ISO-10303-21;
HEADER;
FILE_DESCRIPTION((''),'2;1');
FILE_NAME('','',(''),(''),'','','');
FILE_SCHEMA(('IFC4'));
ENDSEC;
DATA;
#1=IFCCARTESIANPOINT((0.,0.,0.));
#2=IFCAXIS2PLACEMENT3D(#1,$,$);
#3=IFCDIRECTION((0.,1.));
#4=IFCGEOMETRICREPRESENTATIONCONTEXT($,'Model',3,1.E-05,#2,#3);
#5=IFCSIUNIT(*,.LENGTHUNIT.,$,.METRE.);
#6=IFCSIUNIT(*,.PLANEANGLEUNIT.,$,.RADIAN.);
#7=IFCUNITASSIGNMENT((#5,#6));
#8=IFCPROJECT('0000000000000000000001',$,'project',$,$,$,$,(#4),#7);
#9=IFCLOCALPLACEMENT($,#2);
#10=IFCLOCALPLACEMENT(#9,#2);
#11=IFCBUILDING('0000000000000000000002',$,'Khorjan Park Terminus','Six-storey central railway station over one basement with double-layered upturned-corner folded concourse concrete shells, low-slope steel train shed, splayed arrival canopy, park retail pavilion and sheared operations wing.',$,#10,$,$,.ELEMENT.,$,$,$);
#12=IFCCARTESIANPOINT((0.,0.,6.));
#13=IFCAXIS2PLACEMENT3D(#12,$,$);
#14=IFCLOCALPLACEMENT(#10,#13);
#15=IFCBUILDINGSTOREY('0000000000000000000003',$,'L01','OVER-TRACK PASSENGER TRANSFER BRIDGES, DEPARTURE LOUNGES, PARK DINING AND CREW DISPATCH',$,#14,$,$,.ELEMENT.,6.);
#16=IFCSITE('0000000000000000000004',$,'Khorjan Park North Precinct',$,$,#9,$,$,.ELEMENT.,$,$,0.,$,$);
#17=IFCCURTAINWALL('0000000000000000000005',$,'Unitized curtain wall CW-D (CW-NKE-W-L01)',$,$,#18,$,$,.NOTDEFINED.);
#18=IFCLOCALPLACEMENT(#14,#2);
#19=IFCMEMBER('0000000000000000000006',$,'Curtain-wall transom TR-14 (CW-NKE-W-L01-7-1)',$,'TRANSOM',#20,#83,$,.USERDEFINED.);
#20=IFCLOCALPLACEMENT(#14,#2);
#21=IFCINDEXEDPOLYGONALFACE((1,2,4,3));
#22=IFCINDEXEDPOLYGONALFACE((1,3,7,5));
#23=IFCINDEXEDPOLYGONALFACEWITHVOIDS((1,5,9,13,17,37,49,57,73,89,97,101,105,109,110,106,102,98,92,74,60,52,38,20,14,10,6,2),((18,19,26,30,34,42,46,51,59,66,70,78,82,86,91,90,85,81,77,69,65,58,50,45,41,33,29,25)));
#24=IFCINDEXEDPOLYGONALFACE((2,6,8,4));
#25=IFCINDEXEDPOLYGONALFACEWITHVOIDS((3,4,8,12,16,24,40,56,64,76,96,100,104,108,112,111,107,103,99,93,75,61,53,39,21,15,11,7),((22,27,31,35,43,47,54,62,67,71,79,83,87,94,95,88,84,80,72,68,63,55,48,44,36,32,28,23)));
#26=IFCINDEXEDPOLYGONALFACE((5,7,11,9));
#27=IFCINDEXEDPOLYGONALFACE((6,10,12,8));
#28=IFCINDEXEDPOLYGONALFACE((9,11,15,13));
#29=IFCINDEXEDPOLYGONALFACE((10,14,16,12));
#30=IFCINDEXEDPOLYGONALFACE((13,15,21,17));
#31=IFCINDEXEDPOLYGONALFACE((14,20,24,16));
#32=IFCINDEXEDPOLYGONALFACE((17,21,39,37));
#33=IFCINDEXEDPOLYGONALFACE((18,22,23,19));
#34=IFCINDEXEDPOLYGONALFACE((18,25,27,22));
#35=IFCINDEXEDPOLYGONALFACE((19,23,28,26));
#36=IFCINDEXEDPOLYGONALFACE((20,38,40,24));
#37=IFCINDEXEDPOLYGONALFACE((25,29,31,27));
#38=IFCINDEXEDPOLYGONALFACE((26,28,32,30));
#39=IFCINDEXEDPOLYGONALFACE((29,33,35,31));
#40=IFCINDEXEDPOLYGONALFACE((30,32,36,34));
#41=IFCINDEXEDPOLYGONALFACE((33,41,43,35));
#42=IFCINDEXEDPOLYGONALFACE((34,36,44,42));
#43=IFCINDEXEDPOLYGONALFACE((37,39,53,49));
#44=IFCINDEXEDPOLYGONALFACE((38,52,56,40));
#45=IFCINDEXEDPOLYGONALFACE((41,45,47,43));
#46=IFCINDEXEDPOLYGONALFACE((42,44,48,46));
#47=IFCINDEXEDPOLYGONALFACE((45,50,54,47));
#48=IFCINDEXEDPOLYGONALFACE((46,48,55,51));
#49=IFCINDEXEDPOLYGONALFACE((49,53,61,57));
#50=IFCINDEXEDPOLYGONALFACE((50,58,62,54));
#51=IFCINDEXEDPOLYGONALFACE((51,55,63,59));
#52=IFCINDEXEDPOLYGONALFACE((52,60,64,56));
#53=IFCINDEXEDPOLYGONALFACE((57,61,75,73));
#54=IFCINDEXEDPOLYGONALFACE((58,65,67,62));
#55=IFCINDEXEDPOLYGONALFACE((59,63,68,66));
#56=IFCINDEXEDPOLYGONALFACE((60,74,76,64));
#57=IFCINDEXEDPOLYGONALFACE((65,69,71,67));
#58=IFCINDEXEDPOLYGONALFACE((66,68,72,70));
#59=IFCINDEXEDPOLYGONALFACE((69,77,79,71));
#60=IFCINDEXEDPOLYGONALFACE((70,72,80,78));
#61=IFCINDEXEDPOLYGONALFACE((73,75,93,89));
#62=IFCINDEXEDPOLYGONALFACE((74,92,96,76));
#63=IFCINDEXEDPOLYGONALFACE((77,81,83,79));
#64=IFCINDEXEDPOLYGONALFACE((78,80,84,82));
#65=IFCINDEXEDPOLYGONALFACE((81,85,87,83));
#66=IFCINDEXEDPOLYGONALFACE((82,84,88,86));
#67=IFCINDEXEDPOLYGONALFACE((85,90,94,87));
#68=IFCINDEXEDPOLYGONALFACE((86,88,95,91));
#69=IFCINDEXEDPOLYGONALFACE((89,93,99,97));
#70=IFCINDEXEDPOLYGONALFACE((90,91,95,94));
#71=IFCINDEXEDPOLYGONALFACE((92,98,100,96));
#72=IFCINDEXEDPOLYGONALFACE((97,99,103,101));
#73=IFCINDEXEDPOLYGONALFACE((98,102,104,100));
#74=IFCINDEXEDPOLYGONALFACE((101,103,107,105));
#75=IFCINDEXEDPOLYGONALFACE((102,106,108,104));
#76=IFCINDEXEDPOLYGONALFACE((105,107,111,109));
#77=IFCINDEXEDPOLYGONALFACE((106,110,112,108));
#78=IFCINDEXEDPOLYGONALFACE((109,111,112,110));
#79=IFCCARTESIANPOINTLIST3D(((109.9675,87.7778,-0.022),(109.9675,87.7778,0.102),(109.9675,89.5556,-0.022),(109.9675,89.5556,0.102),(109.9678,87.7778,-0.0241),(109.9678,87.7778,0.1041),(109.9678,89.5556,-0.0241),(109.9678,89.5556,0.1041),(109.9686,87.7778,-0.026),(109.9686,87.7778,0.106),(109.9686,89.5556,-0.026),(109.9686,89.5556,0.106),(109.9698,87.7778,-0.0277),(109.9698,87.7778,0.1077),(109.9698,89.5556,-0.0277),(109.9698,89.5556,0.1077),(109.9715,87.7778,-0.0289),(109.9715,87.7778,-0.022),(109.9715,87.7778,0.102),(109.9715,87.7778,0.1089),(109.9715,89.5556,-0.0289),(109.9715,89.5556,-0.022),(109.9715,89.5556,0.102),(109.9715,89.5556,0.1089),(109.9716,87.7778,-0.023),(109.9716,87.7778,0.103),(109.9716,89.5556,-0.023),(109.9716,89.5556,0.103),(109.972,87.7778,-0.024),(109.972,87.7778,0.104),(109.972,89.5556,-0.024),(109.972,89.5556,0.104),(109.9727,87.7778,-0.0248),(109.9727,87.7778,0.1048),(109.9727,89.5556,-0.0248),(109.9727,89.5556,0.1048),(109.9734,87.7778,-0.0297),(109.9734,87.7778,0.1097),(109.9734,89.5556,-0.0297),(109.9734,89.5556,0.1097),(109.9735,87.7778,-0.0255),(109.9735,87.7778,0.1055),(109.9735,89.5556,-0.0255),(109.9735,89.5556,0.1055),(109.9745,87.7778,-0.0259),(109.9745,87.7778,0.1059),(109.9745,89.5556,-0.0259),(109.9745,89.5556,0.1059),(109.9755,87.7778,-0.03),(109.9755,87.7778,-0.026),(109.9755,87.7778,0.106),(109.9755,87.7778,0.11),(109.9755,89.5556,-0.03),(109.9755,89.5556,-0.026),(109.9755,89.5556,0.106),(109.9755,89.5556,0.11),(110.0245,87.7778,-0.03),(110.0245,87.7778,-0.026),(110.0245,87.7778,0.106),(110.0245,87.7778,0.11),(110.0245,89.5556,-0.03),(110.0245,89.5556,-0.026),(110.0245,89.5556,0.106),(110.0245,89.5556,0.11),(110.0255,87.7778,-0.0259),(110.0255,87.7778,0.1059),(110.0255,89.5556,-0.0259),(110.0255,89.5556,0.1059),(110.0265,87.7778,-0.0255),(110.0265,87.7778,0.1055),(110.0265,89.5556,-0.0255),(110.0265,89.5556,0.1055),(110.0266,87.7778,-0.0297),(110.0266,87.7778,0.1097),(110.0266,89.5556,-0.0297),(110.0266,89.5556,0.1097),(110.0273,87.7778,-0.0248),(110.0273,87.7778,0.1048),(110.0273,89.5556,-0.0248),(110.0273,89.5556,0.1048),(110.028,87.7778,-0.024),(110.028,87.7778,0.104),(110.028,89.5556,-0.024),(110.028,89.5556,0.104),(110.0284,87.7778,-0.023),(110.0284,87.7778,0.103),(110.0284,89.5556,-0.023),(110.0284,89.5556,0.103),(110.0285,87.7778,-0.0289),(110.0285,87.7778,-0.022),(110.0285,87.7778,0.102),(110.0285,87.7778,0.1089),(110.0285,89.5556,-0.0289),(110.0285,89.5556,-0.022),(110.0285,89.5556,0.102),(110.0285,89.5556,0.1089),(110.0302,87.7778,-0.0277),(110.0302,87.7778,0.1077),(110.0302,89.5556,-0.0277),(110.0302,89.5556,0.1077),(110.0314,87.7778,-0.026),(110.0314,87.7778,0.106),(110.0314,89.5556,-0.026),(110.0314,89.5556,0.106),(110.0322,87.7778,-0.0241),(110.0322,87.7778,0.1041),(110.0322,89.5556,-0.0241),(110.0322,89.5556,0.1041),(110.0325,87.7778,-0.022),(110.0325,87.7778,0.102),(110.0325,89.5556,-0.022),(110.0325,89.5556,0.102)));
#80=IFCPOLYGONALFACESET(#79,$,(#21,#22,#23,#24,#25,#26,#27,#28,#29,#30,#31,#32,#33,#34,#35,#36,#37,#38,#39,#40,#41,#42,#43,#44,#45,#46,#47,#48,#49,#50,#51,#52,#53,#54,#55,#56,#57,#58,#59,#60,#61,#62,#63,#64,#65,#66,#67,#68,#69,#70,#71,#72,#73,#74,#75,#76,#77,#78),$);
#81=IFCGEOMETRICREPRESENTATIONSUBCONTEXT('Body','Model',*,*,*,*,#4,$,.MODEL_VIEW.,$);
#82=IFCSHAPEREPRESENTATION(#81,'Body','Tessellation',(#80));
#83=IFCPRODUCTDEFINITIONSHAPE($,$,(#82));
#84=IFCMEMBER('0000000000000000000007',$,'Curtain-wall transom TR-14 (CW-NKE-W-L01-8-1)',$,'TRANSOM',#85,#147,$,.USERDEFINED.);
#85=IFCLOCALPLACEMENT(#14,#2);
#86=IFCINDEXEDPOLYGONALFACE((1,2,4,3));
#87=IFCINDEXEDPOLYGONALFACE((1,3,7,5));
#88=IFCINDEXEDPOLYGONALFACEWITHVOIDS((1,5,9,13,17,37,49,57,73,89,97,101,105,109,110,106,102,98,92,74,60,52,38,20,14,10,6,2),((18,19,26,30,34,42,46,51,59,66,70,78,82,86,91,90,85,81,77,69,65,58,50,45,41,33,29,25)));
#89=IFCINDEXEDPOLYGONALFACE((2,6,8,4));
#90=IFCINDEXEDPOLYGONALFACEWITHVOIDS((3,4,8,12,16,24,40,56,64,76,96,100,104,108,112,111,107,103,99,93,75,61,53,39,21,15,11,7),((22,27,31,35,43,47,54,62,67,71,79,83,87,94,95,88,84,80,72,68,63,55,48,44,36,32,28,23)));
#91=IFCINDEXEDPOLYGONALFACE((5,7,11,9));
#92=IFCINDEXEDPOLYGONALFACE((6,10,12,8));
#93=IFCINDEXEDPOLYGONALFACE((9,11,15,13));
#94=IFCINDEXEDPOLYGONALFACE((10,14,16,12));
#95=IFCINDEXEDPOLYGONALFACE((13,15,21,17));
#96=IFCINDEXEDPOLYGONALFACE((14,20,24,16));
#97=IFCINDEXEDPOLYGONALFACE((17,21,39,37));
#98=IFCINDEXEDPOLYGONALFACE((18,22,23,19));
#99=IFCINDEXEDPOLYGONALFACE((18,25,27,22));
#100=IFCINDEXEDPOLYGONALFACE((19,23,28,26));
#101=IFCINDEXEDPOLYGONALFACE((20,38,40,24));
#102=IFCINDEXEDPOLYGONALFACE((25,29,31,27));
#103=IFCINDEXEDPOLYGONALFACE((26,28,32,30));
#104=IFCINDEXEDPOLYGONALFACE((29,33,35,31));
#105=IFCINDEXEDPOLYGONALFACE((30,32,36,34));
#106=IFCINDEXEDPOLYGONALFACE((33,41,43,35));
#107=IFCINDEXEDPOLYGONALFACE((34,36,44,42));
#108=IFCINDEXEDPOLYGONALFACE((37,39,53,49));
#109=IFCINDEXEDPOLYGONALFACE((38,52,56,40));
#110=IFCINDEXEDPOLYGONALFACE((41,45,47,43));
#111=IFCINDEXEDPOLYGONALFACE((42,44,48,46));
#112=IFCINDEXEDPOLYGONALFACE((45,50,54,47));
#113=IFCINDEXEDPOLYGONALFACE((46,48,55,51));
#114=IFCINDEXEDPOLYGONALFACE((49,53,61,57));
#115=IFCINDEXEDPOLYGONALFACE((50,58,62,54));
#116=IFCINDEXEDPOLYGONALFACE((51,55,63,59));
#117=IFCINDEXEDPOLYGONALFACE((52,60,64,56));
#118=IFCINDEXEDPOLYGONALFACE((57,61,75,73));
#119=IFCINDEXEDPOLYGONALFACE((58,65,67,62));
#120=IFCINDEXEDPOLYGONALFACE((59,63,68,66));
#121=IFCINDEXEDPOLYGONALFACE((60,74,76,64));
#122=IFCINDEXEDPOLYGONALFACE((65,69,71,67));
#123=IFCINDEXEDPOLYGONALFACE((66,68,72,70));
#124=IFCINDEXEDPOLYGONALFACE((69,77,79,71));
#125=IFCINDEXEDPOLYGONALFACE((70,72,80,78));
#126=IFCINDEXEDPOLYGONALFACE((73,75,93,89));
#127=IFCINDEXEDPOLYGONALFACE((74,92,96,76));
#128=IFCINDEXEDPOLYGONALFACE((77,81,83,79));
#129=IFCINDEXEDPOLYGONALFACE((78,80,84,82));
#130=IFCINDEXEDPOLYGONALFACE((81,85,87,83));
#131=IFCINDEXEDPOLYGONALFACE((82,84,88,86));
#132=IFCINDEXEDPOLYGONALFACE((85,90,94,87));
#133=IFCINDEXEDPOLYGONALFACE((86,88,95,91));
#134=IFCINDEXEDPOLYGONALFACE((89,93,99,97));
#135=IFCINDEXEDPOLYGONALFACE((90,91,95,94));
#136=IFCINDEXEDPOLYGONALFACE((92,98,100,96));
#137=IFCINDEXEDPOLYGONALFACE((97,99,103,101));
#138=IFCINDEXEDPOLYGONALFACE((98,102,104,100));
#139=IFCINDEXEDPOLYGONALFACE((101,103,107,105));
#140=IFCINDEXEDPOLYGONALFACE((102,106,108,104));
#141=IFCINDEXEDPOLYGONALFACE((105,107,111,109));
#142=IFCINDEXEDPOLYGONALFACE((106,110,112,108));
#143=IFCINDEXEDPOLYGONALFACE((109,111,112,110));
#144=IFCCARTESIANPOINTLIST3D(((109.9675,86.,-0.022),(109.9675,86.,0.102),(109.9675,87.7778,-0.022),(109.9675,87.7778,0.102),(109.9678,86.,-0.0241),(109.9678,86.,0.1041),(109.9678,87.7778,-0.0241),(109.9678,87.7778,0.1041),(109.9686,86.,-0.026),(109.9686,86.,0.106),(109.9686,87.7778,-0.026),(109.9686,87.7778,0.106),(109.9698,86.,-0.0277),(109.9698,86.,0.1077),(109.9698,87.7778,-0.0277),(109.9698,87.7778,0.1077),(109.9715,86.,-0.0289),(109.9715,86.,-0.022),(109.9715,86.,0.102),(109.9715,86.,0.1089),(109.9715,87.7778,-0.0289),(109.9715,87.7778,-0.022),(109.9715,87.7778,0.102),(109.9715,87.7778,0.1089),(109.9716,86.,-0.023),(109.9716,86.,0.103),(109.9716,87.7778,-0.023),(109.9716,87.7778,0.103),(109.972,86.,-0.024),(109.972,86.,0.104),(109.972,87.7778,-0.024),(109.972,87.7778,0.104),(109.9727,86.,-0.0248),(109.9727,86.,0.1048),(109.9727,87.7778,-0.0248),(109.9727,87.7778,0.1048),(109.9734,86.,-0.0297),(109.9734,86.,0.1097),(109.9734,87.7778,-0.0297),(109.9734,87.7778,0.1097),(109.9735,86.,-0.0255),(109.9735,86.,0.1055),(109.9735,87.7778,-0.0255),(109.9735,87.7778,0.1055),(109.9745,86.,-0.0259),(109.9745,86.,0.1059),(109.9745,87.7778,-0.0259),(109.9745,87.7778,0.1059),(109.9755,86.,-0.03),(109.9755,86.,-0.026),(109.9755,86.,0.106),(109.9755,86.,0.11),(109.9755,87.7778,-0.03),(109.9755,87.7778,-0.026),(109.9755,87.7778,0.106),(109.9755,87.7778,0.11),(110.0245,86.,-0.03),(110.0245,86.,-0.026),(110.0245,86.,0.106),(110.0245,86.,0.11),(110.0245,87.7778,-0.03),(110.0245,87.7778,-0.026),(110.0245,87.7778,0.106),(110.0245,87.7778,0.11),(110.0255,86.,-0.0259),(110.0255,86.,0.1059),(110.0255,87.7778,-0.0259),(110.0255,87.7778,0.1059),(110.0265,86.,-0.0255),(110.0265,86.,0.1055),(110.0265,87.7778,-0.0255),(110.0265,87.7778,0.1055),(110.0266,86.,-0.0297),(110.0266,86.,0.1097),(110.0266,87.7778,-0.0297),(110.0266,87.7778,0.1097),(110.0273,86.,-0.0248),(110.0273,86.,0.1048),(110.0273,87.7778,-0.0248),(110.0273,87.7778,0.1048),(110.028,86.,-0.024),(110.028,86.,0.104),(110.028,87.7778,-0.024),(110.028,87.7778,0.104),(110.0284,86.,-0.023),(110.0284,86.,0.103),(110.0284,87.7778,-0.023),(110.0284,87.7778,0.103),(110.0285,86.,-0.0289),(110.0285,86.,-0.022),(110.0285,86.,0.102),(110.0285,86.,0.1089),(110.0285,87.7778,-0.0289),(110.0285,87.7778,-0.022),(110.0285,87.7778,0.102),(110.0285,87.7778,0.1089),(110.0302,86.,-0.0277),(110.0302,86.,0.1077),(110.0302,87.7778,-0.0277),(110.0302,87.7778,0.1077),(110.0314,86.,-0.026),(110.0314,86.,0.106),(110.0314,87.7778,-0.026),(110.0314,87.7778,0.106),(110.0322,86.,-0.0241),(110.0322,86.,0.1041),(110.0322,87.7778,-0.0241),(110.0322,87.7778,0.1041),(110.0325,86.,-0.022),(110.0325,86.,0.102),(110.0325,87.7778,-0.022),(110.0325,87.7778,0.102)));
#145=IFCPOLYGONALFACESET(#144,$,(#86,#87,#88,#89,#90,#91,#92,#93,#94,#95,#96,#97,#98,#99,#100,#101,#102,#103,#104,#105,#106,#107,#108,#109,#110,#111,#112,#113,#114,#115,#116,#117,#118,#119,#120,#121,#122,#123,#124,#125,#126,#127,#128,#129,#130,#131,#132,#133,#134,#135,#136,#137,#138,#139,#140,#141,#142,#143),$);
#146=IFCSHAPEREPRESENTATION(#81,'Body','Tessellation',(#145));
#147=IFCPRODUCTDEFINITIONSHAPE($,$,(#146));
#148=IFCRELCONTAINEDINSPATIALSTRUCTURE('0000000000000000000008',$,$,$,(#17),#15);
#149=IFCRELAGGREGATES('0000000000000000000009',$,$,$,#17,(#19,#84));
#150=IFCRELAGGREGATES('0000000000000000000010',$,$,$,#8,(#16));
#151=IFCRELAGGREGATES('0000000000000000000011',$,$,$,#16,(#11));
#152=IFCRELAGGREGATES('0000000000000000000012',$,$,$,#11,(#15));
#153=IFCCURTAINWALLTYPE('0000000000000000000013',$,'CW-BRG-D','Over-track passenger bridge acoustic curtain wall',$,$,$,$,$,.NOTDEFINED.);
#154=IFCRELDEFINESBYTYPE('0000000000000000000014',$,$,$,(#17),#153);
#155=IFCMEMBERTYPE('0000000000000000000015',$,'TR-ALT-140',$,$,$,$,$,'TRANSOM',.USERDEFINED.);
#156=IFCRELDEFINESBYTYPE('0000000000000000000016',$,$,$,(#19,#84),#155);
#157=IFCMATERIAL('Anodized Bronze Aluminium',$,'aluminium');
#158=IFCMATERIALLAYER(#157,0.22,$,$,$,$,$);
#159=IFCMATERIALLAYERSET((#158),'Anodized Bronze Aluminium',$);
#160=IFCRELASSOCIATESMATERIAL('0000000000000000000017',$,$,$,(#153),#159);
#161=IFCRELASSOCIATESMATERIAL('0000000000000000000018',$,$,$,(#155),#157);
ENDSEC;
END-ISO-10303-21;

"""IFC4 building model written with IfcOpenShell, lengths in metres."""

from ifc_helpers import new_model, si_unit, direction, frame, origin, origin_2d, place, context, subcontext, project, spatial, hollow_rectangle, extrude, material, layer, layer_set, material_profile, profile_set, type_object, element, aggregate, save


model = new_model("IFC4")

# Units and contexts
model_context = context("Model", 3, precision=1e-05, world=origin(), true_north=direction((0.0, 1.0)))
body_context = subcontext(model_context, "Body", "Model", "MODEL_VIEW")
ifc_project = project(units=[si_unit("LENGTHUNIT", "METRE"), si_unit("PLANEANGLEUNIT", "RADIAN")], contexts=[model_context])

# Site, building, storey
site_placement = place(None, origin())
site = spatial("IfcSite", under=ifc_project, at=site_placement, Name="Khorjan Park North Precinct", CompositionType="ELEMENT", RefElevation=0.0)
building_placement = place(site_placement, origin())
building = spatial("IfcBuilding", under=site, at=building_placement, Name="Khorjan Park Terminus", Description="Six-storey central railway station over one basement with double-layered upturned-corner folded concourse concrete shells, low-slope steel train shed, splayed arrival canopy, park retail pavilion and sheared operations wing.", CompositionType="ELEMENT")
storey_placement = place(building_placement, frame((0.0, 0.0, 6.0)))
storey = spatial("IfcBuildingStorey", under=building, at=storey_placement, Name="L01", Description="OVER-TRACK PASSENGER TRANSFER BRIDGES, DEPARTURE LOUNGES, PARK DINING AND CREW DISPATCH", CompositionType="ELEMENT", Elevation=6.0)

# Curtain wall
ifc_material_1 = material(Name="Anodized Bronze Aluminium", Category="aluminium")
ifc_layer_1 = layer(ifc_material_1, 0.22)
ifc_layer_set_1 = layer_set([ifc_layer_1], Name="Anodized Bronze Aluminium")
curtain_wall_type_1 = type_object("IfcCurtainWallType", Name="CW-BRG-D", Description="Over-track passenger bridge acoustic curtain wall", PredefinedType="NOTDEFINED", material=ifc_layer_set_1)
curtain_wall_1_placement = place(storey_placement, origin())
curtain_wall_1 = element("IfcCurtainWall", 1, at=curtain_wall_1_placement, inside=storey, type_object=curtain_wall_type_1, Name="Unitized curtain wall CW-D (CW-NKE-W-L01)", PredefinedType="NOTDEFINED")

# Members
ifc_material_profile_1 = material_profile(ifc_material_1, hollow_rectangle(XDim=0.065, YDim=0.14, WallThickness=0.004, InnerFilletRadius=0.004, OuterFilletRadius=0.008, at=origin_2d()), Name="ALT 65x140x4")
ifc_profile_set_1 = profile_set([ifc_material_profile_1], Name="Anodized Bronze Aluminium")
member_type_1 = type_object("IfcMemberType", Name="TR-ALT-140", ElementType="TRANSOM", PredefinedType="USERDEFINED", material=ifc_profile_set_1)
member_1_placement = place(storey_placement, frame((110.0, 89.5556, 0.04), z_axis=(0.0, -1.0, 0.0), x_axis=(1.0, 0.0, 0.0)))
member_1 = element("IfcMember", 2, at=member_1_placement, type_object=member_type_1, Name="Curtain-wall transom TR-14 (CW-NKE-W-L01-7-1)", ObjectType="TRANSOM", PredefinedType="USERDEFINED", context=body_context, shape_type="SweptSolid", body=[
    extrude(hollow_rectangle(XDim=0.065, YDim=0.14, WallThickness=0.004, InnerFilletRadius=0.004, OuterFilletRadius=0.008, at=origin_2d()), origin(), (0.0, 0.0, 1.0), 1.7778),
])
member_2_placement = place(storey_placement, frame((110.0, 87.7778, 0.04), z_axis=(0.0, -1.0, 0.0), x_axis=(1.0, 0.0, 0.0)))
member_2 = element("IfcMember", 3, at=member_2_placement, type_object=member_type_1, Name="Curtain-wall transom TR-14 (CW-NKE-W-L01-8-1)", ObjectType="TRANSOM", PredefinedType="USERDEFINED", context=body_context, shape_type="SweptSolid", body=[
    extrude(hollow_rectangle(XDim=0.065, YDim=0.14, WallThickness=0.004, InnerFilletRadius=0.004, OuterFilletRadius=0.008, at=origin_2d()), origin(), (0.0, 0.0, 1.0), 1.7778),
])

aggregate(curtain_wall_1, [member_1, member_2])

save(model, "model.ifc")
